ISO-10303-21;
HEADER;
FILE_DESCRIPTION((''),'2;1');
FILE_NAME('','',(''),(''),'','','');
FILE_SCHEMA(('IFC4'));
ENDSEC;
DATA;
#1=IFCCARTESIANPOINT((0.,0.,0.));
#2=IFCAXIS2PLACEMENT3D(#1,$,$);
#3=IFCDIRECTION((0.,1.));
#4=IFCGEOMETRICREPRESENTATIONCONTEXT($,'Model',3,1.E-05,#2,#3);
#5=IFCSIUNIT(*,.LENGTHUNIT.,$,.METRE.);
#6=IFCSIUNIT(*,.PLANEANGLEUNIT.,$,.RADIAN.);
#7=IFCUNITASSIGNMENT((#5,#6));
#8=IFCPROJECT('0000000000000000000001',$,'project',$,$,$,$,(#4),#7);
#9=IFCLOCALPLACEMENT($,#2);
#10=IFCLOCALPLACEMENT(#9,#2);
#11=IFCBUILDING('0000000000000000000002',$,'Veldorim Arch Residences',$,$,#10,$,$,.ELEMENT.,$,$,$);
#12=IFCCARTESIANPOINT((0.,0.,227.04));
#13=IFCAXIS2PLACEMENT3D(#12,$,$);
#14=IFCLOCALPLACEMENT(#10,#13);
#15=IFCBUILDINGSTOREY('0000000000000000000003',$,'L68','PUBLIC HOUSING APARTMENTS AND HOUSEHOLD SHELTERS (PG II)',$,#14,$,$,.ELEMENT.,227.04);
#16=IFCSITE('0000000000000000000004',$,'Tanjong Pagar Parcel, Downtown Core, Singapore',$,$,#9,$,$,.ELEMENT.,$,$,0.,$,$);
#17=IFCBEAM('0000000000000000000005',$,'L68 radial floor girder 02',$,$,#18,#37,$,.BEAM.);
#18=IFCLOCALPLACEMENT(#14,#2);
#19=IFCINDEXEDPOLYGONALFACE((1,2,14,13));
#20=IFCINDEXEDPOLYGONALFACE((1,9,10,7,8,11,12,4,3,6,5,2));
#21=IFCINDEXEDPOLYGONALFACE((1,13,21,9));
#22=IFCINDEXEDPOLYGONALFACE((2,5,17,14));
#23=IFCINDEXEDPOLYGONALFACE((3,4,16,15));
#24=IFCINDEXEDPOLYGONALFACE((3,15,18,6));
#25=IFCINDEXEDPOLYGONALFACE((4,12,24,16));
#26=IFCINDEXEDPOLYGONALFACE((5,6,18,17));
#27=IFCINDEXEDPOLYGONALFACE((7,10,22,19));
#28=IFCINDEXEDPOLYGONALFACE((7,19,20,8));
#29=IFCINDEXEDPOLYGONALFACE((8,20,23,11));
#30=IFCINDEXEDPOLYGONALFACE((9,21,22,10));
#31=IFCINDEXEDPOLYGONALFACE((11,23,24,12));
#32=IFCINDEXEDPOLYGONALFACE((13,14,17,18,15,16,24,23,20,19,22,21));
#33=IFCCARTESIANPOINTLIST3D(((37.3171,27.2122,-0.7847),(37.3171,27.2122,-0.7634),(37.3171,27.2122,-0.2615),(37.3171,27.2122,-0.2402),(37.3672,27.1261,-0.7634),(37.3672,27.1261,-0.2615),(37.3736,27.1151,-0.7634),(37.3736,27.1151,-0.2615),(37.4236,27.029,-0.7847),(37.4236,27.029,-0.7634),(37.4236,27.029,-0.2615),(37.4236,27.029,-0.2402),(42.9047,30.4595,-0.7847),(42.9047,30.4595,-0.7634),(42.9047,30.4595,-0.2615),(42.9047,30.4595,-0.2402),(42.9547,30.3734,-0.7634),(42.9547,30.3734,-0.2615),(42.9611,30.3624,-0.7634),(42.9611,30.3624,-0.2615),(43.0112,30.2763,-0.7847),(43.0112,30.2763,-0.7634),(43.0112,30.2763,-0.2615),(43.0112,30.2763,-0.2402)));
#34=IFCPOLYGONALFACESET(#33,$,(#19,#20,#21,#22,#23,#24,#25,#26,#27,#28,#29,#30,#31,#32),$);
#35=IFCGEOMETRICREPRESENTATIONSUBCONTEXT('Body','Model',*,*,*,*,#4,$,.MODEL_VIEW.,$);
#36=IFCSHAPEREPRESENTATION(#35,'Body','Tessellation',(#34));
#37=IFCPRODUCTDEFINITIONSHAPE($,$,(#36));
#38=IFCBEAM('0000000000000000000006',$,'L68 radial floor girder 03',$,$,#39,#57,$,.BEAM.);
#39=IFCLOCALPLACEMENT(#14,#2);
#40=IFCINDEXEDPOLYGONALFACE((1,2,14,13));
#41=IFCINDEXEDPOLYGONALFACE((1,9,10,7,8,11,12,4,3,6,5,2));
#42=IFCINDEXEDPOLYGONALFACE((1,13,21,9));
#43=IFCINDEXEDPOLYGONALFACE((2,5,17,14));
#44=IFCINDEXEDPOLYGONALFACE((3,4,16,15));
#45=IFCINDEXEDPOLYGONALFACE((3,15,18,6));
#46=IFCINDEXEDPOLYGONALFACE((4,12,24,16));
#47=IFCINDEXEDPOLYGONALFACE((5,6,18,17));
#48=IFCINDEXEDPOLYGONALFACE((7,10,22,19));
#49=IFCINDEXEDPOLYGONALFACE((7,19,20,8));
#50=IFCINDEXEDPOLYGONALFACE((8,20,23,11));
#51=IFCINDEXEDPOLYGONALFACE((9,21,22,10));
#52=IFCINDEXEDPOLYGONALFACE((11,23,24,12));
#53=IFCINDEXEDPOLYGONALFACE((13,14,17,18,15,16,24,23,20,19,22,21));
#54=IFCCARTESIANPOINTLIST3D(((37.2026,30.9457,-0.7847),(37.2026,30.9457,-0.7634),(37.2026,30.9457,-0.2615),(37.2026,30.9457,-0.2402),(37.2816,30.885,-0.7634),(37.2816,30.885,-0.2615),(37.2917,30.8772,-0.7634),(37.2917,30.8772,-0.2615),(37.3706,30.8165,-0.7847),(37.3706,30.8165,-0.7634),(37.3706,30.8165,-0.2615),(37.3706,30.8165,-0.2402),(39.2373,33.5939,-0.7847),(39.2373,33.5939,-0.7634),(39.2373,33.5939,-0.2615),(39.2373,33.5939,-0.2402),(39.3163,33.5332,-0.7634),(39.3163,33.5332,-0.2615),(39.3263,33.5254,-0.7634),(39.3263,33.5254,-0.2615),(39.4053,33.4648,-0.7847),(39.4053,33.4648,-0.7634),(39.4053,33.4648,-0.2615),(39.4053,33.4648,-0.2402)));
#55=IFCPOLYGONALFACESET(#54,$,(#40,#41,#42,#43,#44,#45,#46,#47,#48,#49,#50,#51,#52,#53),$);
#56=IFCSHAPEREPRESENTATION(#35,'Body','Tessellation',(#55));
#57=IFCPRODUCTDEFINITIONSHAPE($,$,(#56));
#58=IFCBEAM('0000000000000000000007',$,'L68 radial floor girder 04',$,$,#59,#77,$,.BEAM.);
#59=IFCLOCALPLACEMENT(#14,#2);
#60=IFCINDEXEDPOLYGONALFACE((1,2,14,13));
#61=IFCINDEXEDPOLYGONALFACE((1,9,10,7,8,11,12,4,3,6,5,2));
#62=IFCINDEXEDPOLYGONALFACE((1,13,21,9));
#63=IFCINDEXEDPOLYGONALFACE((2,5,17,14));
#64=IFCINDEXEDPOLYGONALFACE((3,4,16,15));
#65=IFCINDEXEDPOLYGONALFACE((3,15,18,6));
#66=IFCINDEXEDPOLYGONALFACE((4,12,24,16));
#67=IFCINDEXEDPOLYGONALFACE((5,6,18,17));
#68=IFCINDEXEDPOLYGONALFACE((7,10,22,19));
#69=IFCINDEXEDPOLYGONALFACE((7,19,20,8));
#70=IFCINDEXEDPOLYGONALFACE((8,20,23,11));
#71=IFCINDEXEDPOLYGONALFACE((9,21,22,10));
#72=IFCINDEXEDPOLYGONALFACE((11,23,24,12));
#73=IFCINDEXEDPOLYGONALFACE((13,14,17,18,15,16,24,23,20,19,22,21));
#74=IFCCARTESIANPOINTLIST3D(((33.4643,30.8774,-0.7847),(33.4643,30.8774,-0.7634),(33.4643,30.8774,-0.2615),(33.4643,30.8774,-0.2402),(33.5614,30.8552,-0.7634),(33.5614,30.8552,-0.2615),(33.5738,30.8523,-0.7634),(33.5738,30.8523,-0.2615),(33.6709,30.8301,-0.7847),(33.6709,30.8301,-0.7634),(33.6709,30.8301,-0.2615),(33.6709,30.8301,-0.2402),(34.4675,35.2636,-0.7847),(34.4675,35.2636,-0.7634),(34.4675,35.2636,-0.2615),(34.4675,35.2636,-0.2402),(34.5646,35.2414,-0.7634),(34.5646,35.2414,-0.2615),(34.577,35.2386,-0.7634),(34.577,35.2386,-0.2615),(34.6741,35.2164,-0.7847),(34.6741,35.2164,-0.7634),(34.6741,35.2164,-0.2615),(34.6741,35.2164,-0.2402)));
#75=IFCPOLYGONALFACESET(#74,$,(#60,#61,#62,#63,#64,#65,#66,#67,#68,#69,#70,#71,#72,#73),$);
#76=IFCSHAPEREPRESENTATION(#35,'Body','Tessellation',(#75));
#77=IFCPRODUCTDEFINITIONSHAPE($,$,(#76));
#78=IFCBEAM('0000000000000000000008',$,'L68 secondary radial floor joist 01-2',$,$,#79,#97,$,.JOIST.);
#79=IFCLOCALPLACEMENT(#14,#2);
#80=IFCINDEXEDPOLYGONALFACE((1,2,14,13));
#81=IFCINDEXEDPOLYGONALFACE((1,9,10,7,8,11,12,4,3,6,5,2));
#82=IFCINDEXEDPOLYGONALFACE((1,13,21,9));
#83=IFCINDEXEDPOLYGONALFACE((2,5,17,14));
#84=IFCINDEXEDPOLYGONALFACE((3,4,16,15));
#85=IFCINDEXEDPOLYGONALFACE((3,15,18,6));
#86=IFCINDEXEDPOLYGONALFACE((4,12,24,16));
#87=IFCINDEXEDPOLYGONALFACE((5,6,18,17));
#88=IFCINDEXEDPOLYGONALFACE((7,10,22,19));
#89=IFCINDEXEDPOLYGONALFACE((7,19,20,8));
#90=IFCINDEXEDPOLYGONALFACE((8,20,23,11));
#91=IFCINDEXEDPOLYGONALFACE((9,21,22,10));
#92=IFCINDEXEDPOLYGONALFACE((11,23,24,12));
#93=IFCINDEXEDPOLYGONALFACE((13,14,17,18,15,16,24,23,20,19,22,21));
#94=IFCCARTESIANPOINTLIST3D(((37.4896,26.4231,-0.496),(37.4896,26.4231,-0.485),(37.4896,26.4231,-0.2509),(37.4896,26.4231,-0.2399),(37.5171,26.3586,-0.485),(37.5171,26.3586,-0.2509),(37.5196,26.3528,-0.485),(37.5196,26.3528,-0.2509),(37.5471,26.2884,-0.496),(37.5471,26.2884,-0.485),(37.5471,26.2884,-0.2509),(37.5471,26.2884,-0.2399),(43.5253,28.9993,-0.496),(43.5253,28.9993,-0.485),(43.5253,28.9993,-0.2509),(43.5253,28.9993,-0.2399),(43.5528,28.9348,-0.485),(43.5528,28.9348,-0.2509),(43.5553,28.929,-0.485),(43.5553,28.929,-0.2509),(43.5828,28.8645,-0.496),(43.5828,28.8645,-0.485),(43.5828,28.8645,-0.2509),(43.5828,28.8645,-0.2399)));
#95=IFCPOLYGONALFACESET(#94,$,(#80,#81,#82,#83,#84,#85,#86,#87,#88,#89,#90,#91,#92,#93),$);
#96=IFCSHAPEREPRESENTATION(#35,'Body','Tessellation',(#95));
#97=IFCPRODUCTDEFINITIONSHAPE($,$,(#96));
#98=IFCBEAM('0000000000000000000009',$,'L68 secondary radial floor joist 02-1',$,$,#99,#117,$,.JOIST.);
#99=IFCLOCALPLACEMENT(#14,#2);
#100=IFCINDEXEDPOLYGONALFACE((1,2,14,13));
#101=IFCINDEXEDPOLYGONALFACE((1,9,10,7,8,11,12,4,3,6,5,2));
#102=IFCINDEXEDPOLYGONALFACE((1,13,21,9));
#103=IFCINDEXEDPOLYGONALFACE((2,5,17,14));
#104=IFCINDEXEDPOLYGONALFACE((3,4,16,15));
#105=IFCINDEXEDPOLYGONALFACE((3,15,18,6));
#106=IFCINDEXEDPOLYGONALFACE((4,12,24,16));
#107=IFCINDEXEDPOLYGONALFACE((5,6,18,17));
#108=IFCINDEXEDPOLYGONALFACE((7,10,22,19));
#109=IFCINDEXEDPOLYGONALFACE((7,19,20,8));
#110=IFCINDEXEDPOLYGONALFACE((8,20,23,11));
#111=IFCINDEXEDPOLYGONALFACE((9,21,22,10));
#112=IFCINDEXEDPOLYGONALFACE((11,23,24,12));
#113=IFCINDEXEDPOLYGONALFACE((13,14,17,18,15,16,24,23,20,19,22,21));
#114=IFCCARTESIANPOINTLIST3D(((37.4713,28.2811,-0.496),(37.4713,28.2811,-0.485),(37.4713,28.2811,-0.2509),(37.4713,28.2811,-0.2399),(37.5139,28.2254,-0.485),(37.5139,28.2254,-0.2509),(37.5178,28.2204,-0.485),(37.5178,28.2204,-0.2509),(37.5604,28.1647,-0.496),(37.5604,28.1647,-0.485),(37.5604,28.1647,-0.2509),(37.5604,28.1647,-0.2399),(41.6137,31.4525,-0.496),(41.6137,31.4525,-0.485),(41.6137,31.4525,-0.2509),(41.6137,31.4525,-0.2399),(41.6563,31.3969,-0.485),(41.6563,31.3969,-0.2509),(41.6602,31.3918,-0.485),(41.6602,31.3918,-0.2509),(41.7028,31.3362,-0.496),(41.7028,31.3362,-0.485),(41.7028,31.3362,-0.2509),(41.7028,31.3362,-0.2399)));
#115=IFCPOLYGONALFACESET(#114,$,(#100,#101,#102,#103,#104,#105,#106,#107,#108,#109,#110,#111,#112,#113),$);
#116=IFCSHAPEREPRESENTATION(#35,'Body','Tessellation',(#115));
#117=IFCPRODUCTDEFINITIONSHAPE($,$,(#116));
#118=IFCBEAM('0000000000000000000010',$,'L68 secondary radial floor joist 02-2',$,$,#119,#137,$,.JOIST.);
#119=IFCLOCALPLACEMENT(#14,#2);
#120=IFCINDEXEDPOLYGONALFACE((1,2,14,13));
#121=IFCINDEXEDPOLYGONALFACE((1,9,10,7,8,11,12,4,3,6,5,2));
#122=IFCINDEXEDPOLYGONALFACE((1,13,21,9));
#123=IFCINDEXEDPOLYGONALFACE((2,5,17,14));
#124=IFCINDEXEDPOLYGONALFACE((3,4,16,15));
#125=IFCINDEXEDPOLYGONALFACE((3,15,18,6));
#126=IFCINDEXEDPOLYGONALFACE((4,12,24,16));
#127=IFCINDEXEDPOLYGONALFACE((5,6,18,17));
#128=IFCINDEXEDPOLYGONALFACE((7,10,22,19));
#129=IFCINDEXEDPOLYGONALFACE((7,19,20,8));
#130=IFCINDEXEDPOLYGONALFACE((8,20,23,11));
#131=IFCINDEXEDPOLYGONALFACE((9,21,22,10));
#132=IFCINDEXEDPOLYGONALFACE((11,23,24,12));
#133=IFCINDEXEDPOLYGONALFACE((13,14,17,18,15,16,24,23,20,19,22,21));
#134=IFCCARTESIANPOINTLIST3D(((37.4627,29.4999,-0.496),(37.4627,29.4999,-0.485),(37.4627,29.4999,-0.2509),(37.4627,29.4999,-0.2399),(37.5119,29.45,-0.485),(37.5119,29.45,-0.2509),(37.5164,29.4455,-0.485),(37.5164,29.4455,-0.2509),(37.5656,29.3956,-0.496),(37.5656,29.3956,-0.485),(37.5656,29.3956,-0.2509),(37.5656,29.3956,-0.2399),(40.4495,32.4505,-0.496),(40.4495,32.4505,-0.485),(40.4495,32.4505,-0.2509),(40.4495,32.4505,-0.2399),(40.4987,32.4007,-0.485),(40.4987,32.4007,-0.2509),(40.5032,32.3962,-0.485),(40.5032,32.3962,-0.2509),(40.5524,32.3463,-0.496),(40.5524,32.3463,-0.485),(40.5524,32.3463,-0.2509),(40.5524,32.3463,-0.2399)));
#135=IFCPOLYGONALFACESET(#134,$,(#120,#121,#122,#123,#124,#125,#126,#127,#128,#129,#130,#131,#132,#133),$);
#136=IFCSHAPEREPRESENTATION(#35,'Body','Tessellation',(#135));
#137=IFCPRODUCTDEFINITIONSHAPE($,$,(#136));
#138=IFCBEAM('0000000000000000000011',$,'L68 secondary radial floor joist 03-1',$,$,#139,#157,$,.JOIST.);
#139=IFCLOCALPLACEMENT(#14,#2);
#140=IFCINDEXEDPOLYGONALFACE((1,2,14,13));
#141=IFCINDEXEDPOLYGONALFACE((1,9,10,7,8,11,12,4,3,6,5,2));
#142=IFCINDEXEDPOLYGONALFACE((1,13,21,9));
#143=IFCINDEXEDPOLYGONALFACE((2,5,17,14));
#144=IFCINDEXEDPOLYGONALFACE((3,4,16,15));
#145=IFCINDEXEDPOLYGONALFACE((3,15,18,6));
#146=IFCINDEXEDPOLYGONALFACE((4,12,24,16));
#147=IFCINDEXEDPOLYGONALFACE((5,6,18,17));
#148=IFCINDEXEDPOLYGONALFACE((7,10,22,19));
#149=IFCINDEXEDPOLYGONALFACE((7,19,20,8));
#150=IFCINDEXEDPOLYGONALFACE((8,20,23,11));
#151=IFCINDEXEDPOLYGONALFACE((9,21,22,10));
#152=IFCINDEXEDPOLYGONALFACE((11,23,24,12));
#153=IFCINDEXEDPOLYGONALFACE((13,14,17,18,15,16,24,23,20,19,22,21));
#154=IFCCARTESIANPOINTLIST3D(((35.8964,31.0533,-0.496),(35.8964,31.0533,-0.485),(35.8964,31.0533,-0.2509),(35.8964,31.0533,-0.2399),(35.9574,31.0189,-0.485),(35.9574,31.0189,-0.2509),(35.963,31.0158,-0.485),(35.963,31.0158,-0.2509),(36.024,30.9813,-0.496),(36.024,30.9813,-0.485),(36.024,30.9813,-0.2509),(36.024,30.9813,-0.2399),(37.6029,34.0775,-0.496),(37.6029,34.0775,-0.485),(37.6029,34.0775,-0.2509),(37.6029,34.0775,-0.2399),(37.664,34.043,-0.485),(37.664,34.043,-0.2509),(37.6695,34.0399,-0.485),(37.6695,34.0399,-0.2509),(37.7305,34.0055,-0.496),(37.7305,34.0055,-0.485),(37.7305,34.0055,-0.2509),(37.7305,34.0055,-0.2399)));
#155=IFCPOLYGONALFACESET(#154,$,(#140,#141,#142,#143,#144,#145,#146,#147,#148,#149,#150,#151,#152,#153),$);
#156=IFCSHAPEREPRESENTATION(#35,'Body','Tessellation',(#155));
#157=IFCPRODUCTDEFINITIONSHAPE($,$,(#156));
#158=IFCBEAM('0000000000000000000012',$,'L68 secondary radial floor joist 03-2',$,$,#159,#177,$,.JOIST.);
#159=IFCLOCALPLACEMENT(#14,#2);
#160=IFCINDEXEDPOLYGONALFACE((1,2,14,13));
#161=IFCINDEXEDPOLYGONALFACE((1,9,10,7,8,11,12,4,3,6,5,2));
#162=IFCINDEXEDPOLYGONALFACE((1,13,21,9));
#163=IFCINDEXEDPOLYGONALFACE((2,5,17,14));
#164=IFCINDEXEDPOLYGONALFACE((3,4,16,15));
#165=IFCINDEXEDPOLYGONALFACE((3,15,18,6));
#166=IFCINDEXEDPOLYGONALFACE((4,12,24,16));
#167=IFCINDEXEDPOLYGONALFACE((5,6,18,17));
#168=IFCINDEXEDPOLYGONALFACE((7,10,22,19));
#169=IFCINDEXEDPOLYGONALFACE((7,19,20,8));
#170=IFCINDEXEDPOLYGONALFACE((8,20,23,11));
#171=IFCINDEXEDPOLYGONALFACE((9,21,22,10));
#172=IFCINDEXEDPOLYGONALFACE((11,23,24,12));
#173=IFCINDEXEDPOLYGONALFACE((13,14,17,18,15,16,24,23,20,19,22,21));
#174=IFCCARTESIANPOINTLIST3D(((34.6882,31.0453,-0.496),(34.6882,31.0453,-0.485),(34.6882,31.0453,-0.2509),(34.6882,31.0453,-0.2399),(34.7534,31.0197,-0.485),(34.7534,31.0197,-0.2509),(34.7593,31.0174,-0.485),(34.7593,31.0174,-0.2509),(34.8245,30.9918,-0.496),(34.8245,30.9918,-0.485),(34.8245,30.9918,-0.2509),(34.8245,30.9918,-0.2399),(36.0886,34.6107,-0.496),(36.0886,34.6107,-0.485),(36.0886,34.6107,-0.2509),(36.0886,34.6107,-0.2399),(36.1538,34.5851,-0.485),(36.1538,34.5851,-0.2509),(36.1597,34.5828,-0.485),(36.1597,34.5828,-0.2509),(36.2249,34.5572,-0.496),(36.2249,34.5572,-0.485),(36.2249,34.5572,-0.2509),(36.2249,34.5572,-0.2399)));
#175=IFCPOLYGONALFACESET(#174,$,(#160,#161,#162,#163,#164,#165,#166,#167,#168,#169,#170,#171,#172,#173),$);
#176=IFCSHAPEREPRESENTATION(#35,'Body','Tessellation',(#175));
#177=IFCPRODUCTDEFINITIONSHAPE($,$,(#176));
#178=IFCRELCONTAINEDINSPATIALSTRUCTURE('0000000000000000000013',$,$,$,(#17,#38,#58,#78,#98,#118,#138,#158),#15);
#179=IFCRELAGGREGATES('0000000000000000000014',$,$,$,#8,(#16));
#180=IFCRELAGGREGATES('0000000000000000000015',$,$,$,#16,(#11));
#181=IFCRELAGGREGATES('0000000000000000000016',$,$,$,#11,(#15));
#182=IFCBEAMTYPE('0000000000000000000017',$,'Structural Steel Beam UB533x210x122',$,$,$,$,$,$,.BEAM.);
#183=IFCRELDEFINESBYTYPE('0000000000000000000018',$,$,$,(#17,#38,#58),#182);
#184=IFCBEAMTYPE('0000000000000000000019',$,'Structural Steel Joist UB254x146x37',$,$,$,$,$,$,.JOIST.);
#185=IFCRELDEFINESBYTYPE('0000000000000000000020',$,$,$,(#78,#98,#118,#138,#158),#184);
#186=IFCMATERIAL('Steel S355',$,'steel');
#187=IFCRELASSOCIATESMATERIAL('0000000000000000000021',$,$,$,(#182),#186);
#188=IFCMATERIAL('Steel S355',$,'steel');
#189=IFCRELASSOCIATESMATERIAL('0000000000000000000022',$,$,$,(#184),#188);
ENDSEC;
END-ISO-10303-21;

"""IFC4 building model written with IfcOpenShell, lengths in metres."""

from ifc_helpers import new_model, si_unit, direction, frame, origin, origin_2d, place, context, subcontext, project, spatial, i_section, extrude, material, material_profile, profile_set, type_object, element, save


model = new_model("IFC4")

# Units and contexts
model_context = context("Model", 3, precision=1e-05, world=origin(), true_north=direction((0.0, 1.0)))
body_context = subcontext(model_context, "Body", "Model", "MODEL_VIEW")
ifc_project = project(units=[si_unit("LENGTHUNIT", "METRE"), si_unit("PLANEANGLEUNIT", "RADIAN")], contexts=[model_context])

# Site, building, storey
site_placement = place(None, origin())
site = spatial("IfcSite", under=ifc_project, at=site_placement, Name="Tanjong Pagar Parcel, Downtown Core, Singapore", CompositionType="ELEMENT", RefElevation=0.0)
building_placement = place(site_placement, origin())
building = spatial("IfcBuilding", under=site, at=building_placement, Name="Veldorim Arch Residences", CompositionType="ELEMENT")
storey_placement = place(building_placement, frame((0.0, 0.0, 227.04)))
storey = spatial("IfcBuildingStorey", under=building, at=storey_placement, Name="L68", Description="PUBLIC HOUSING APARTMENTS AND HOUSEHOLD SHELTERS (PG II)", CompositionType="ELEMENT", Elevation=227.04)

# Beams
ifc_material_1 = material(Name="Steel S355", Category="steel")
ifc_material_profile_1 = material_profile(ifc_material_1, i_section(OverallWidth=0.2119, OverallDepth=0.5444, WebThickness=0.0127, FlangeThickness=0.0212, at=origin_2d()), Name="UB533x210x122")
ifc_profile_set_1 = profile_set([ifc_material_profile_1], Name="Steel S355")
beam_type_1 = type_object("IfcBeamType", Name="Structural Steel Beam UB533x210x122", PredefinedType="BEAM", material=ifc_profile_set_1)
beam_1_placement = place(storey_placement, frame((37.3704, 27.1206, -0.5125), z_axis=(0.864596, 0.502468, 0.0), x_axis=(-0.502468, 0.864596, 0.0)))
element("IfcBeam", 1, at=beam_1_placement, inside=storey, type_object=beam_type_1, Name="L68 radial floor girder 02", PredefinedType="BEAM", context=body_context, shape_type="SweptSolid", body=[
    extrude(i_section(OverallWidth=0.2119, OverallDepth=0.5444, WebThickness=0.0127, FlangeThickness=0.0212, at=origin_2d()), origin(), (0.0, 0.0, 1.0), 6.4626),
])
beam_2_placement = place(storey_placement, frame((37.2866, 30.8811, -0.5125), z_axis=(0.609258, 0.792972, 0.0), x_axis=(-0.792972, 0.609258, 0.0)))
element("IfcBeam", 2, at=beam_2_placement, inside=storey, type_object=beam_type_1, Name="L68 radial floor girder 03", PredefinedType="BEAM", context=body_context, shape_type="SweptSolid", body=[
    extrude(i_section(OverallWidth=0.2119, OverallDepth=0.5444, WebThickness=0.0127, FlangeThickness=0.0212, at=origin_2d()), origin(), (0.0, 0.0, 1.0), 3.3396),
])
beam_3_placement = place(storey_placement, frame((33.5676, 30.8538, -0.5125), z_axis=(0.222953, 0.974829, 0.0), x_axis=(-0.974829, 0.222953, 0.0)))
element("IfcBeam", 3, at=beam_3_placement, inside=storey, type_object=beam_type_1, Name="L68 radial floor girder 04", PredefinedType="BEAM", context=body_context, shape_type="SweptSolid", body=[
    extrude(i_section(OverallWidth=0.2119, OverallDepth=0.5444, WebThickness=0.0127, FlangeThickness=0.0212, at=origin_2d()), origin(), (0.0, 0.0, 1.0), 4.4995),
])
ifc_material_2 = material(Name="Steel S355", Category="steel")
ifc_material_profile_2 = material_profile(ifc_material_2, i_section(OverallWidth=0.1465, OverallDepth=0.2561, WebThickness=0.0063, FlangeThickness=0.011, at=origin_2d()), Name="UB254x146x37")
ifc_profile_set_2 = profile_set([ifc_material_profile_2], Name="Steel S355")
beam_type_2 = type_object("IfcBeamType", Name="Structural Steel Joist UB254x146x37", PredefinedType="JOIST", material=ifc_profile_set_2)
beam_4_placement = place(storey_placement, frame((37.5183, 26.3557, -0.3679), z_axis=(0.919725, 0.392563, 0.0), x_axis=(-0.392563, 0.919725, 0.0)))
element("IfcBeam", 4, at=beam_4_placement, inside=storey, type_object=beam_type_2, Name="L68 secondary radial floor joist 01-2", PredefinedType="JOIST", context=body_context, shape_type="SweptSolid", body=[
    extrude(i_section(OverallWidth=0.1465, OverallDepth=0.2561, WebThickness=0.0063, FlangeThickness=0.011, at=origin_2d()), origin(), (0.0, 0.0, 1.0), 6.5625),
])
beam_5_placement = place(storey_placement, frame((37.5159, 28.2229, -0.3679), z_axis=(0.794014, 0.6079, 0.0), x_axis=(-0.6079, 0.794014, 0.0)))
element("IfcBeam", 5, at=beam_5_placement, inside=storey, type_object=beam_type_2, Name="L68 secondary radial floor joist 02-1", PredefinedType="JOIST", context=body_context, shape_type="SweptSolid", body=[
    extrude(i_section(OverallWidth=0.1465, OverallDepth=0.2561, WebThickness=0.0063, FlangeThickness=0.011, at=origin_2d()), origin(), (0.0, 0.0, 1.0), 5.217),
])
beam_6_placement = place(storey_placement, frame((37.5142, 29.4478, -0.3679), z_axis=(0.711397, 0.702791, 0.0), x_axis=(-0.702791, 0.711397, 0.0)))
element("IfcBeam", 6, at=beam_6_placement, inside=storey, type_object=beam_type_2, Name="L68 secondary radial floor joist 02-2", PredefinedType="JOIST", context=body_context, shape_type="SweptSolid", body=[
    extrude(i_section(OverallWidth=0.1465, OverallDepth=0.2561, WebThickness=0.0063, FlangeThickness=0.011, at=origin_2d()), origin(), (0.0, 0.0, 1.0), 4.1985),
])
beam_7_placement = place(storey_placement, frame((35.9602, 31.0173, -0.3679), z_axis=(0.491452, 0.870904, 0.0), x_axis=(-0.870904, 0.491452, 0.0)))
element("IfcBeam", 7, at=beam_7_placement, inside=storey, type_object=beam_type_2, Name="L68 secondary radial floor joist 03-1", PredefinedType="JOIST", context=body_context, shape_type="SweptSolid", body=[
    extrude(i_section(OverallWidth=0.1465, OverallDepth=0.2561, WebThickness=0.0063, FlangeThickness=0.011, at=origin_2d()), origin(), (0.0, 0.0, 1.0), 3.4724),
])
beam_8_placement = place(storey_placement, frame((34.7563, 31.0186, -0.3679), z_axis=(0.365581, 0.930779, 0.0), x_axis=(-0.930779, 0.365581, 0.0)))
element("IfcBeam", 8, at=beam_8_placement, inside=storey, type_object=beam_type_2, Name="L68 secondary radial floor joist 03-2", PredefinedType="JOIST", context=body_context, shape_type="SweptSolid", body=[
    extrude(i_section(OverallWidth=0.1465, OverallDepth=0.2561, WebThickness=0.0063, FlangeThickness=0.011, at=origin_2d()), origin(), (0.0, 0.0, 1.0), 3.8306),
])

save(model, "model.ifc")
